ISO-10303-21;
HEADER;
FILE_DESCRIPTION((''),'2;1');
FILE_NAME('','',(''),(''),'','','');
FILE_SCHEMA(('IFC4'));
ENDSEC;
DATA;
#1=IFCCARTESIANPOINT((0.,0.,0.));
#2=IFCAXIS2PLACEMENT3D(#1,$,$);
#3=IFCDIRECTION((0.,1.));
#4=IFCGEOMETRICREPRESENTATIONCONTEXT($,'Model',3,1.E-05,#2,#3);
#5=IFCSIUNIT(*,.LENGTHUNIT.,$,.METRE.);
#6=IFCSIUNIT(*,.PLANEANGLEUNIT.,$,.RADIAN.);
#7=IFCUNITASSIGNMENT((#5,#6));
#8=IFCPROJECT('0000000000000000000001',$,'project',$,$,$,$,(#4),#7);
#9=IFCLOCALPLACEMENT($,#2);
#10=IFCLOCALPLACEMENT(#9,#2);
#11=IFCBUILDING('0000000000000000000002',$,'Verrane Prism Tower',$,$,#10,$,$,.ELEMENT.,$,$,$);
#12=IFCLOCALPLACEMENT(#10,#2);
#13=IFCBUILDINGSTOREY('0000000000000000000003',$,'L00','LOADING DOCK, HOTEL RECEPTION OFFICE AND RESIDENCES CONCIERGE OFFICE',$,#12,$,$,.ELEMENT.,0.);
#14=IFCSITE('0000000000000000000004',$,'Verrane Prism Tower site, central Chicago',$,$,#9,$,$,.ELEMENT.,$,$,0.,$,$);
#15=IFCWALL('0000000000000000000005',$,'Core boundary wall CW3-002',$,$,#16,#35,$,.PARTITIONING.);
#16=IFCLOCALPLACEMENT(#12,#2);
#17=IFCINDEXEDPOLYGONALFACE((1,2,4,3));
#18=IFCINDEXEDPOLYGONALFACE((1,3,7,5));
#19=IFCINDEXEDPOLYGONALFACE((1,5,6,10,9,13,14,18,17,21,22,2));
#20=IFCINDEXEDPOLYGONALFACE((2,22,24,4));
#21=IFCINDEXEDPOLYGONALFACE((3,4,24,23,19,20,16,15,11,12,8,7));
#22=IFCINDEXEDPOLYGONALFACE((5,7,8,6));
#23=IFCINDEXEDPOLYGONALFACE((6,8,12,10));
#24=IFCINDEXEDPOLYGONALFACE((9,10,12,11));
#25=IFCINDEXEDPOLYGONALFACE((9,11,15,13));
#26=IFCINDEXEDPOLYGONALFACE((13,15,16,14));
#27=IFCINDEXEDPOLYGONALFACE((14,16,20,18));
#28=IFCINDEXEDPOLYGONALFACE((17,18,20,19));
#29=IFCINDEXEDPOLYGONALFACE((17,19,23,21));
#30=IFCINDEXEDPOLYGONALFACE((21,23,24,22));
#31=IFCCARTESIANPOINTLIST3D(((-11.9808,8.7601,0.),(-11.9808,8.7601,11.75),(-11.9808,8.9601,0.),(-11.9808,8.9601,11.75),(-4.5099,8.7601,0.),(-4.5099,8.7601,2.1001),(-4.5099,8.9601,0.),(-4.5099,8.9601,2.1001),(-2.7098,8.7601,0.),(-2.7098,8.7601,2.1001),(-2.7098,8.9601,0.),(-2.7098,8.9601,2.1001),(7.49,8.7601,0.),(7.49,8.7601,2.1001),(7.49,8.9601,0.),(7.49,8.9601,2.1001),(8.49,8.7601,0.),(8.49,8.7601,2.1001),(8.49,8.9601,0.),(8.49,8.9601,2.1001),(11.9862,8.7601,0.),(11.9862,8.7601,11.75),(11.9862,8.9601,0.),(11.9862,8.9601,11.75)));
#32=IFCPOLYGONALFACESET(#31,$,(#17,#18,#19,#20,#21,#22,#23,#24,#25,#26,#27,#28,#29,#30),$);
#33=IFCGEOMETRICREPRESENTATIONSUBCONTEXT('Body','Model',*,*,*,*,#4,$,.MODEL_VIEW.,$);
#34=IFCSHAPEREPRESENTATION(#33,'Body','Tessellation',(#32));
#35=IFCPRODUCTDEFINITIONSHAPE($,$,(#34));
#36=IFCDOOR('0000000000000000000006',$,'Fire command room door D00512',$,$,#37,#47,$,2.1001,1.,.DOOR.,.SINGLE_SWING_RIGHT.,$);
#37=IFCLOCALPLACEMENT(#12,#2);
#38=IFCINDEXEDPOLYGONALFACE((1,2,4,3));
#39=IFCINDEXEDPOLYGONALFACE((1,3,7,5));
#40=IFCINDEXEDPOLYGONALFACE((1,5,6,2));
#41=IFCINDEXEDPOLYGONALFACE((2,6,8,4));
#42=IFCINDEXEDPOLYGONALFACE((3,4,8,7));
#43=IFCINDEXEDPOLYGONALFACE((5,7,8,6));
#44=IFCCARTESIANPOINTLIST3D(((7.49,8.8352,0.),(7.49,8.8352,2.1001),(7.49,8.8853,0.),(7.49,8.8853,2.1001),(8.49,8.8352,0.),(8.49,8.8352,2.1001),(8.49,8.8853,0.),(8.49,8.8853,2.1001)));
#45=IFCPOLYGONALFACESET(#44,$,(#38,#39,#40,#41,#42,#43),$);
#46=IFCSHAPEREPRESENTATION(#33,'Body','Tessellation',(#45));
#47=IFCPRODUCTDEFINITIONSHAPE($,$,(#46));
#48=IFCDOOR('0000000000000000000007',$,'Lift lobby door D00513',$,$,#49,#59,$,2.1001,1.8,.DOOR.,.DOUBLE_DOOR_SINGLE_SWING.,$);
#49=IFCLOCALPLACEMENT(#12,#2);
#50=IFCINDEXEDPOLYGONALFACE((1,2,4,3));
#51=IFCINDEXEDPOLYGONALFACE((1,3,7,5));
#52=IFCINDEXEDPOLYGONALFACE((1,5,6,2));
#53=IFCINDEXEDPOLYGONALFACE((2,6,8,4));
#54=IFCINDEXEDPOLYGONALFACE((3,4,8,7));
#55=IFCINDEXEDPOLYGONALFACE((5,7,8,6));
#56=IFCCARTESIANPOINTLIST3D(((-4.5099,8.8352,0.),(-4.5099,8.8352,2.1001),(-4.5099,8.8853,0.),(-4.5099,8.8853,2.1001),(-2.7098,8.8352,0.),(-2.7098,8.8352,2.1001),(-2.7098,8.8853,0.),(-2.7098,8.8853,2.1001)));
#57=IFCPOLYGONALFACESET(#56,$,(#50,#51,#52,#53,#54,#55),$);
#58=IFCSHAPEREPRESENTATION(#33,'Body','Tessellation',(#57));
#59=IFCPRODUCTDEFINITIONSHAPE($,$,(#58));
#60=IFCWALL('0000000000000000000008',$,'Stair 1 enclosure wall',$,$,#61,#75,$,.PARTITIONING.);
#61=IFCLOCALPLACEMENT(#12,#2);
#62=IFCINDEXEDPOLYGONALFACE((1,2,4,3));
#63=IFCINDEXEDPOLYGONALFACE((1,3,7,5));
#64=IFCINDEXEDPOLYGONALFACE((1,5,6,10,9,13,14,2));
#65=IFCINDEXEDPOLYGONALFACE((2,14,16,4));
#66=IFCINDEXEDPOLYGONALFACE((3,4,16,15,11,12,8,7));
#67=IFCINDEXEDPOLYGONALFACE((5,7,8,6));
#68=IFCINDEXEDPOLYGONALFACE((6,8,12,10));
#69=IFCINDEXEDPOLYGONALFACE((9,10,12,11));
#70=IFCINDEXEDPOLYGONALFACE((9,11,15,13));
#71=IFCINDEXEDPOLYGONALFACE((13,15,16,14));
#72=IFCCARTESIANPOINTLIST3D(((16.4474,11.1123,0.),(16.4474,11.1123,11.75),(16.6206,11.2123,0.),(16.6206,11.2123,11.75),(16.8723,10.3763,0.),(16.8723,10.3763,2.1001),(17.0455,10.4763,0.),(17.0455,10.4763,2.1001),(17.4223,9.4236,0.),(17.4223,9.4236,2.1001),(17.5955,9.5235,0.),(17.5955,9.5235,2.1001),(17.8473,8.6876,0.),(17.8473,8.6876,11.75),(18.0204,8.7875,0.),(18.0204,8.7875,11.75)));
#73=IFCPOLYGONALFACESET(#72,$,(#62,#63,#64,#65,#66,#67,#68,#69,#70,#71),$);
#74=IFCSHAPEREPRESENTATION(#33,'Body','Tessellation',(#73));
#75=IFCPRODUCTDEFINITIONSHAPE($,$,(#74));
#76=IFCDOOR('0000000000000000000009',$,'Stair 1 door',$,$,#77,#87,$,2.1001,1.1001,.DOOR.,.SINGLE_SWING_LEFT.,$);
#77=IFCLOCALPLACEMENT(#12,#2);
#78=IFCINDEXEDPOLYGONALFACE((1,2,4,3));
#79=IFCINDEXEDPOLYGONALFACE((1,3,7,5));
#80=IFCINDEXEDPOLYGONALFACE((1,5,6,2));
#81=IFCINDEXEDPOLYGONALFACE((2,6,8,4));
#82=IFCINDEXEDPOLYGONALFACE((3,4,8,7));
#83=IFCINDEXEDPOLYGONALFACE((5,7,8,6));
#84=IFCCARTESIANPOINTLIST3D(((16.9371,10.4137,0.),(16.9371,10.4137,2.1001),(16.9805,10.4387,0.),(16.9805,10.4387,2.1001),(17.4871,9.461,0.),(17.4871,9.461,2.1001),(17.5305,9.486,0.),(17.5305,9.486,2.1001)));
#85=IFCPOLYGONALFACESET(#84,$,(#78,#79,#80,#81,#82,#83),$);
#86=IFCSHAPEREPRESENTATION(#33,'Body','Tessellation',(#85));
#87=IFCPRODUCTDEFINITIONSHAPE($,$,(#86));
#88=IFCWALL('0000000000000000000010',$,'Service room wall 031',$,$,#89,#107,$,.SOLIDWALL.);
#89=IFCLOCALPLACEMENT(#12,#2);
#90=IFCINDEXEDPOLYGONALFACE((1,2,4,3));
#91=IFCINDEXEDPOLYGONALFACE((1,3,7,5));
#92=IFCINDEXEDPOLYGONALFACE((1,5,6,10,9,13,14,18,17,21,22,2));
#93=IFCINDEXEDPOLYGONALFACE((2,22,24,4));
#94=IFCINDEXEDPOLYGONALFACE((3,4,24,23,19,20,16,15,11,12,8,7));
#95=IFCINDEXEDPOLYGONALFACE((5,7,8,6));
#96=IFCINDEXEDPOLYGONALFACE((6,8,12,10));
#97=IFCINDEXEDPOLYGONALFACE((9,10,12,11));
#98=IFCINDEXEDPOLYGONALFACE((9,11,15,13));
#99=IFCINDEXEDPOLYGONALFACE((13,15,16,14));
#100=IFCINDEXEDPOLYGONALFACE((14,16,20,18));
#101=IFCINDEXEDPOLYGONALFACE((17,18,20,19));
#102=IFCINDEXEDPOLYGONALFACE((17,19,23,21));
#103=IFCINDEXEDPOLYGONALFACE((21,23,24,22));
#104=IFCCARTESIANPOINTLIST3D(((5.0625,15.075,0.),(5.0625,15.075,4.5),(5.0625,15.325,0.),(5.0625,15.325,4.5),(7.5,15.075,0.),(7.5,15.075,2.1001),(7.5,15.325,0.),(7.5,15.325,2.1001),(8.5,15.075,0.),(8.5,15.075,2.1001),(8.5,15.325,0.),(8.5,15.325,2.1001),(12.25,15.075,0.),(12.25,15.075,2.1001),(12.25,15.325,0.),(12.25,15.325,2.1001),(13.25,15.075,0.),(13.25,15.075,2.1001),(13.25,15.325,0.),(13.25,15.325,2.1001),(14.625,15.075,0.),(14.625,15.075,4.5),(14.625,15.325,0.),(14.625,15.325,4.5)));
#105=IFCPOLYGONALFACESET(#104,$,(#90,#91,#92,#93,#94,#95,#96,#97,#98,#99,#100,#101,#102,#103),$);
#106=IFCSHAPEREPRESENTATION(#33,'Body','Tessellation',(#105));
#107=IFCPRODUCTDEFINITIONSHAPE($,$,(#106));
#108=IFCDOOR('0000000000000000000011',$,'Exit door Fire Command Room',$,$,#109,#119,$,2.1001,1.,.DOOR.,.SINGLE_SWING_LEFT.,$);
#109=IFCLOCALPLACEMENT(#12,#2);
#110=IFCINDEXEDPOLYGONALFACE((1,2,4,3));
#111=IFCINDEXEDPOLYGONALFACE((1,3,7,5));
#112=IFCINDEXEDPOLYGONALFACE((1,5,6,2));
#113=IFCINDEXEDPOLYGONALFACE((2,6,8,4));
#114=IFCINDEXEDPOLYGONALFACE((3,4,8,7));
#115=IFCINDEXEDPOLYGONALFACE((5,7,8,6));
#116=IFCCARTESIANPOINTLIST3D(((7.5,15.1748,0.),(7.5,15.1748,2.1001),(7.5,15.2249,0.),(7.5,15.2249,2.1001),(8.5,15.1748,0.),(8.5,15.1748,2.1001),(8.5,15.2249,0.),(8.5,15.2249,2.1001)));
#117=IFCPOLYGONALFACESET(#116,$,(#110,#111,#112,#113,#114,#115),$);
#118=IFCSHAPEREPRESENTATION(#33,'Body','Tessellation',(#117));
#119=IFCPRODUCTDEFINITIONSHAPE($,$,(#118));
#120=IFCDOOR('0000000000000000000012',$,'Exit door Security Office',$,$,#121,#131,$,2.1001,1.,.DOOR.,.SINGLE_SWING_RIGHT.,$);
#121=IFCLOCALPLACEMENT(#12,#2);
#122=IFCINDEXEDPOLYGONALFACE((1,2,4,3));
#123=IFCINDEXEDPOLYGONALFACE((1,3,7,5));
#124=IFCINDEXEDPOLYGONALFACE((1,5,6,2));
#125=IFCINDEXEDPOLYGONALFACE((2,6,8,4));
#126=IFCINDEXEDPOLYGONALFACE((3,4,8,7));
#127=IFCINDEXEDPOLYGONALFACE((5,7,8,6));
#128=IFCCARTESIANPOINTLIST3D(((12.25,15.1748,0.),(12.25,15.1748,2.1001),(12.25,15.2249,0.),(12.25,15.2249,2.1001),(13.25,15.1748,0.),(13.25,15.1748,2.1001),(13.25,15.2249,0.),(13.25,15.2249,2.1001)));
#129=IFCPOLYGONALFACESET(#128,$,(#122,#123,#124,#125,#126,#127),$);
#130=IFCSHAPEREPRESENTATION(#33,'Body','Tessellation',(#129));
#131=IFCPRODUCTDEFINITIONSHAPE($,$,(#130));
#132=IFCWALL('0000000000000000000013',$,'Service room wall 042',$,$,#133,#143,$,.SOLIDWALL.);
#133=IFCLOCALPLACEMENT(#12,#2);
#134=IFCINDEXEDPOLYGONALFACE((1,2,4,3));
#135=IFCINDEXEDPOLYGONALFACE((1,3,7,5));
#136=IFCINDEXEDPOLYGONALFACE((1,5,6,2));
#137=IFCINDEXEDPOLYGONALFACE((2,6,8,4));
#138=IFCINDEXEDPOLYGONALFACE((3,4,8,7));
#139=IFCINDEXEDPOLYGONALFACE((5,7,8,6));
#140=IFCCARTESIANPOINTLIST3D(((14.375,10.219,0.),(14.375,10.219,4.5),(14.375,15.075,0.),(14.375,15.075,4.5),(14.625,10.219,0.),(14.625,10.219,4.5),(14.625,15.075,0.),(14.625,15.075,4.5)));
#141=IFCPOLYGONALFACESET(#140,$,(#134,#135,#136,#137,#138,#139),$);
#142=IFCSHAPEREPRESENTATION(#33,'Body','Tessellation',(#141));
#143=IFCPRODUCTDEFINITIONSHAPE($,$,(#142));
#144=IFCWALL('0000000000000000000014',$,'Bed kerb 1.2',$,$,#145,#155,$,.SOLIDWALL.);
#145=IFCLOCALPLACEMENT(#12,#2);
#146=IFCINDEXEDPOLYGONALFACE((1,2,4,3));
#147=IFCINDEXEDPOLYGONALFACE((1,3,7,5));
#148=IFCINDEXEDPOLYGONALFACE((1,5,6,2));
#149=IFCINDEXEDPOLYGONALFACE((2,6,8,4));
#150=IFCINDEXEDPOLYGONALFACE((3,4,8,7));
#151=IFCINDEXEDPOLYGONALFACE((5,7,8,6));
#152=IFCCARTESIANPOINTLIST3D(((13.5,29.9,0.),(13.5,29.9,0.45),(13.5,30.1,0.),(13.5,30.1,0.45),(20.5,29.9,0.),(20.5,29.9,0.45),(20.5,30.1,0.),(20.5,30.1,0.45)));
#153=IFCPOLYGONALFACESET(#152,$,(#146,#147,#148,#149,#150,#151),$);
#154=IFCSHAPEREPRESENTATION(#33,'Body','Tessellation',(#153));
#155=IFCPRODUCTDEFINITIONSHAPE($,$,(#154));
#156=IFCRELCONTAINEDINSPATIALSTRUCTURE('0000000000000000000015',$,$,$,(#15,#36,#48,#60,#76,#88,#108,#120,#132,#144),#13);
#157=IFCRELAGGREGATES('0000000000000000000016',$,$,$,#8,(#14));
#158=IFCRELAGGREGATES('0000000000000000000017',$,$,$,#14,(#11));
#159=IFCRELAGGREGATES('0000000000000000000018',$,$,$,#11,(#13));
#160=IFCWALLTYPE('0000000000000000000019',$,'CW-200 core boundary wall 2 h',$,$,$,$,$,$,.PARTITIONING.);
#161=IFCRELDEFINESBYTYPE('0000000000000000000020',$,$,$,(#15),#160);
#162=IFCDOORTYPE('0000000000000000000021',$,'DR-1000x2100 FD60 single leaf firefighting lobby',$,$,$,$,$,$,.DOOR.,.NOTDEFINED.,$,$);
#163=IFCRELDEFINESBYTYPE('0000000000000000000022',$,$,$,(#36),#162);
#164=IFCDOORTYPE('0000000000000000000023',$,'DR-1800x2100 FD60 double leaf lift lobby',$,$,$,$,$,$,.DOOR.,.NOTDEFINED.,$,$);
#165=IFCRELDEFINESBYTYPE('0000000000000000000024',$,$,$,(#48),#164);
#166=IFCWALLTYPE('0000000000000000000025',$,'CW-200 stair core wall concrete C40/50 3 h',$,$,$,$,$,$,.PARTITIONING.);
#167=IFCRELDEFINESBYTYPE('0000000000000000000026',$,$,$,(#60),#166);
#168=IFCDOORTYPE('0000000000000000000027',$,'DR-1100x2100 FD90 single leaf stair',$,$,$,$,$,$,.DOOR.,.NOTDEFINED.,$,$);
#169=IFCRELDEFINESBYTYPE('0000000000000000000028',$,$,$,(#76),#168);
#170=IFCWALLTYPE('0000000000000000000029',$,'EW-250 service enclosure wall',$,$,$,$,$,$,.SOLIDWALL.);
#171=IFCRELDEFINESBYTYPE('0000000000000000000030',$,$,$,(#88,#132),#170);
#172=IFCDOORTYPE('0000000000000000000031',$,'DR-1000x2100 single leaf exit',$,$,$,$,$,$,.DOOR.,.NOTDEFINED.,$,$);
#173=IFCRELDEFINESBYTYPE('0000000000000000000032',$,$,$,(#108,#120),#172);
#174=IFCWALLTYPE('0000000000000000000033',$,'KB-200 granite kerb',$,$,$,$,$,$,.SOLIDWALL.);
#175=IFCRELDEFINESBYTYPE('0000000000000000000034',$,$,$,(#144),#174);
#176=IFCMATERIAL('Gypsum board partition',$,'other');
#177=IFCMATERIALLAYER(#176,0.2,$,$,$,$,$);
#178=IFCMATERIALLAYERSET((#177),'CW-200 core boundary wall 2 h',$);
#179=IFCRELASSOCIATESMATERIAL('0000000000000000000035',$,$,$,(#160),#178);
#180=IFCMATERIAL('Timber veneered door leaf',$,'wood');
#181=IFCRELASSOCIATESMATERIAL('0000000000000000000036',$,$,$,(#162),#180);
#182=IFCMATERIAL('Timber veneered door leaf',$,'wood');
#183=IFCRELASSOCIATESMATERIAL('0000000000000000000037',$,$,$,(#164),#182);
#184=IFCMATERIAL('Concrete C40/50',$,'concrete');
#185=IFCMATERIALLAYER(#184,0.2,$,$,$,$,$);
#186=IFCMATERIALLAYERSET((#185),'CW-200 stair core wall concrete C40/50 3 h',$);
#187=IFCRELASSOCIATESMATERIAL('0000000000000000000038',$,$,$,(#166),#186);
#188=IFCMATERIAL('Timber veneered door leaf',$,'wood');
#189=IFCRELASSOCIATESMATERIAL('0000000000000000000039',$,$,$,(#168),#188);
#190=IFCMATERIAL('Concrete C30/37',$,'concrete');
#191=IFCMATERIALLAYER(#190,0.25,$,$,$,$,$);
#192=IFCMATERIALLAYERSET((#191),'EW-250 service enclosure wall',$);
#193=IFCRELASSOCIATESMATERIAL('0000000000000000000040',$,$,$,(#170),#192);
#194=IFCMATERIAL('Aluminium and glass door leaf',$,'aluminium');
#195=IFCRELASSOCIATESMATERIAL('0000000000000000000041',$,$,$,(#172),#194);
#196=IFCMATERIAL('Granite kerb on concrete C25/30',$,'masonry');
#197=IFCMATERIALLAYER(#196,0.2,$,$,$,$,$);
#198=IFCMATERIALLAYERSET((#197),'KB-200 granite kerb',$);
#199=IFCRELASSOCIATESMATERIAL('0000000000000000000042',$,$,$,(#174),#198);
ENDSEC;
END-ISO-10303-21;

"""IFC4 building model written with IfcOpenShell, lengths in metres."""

from ifc_helpers import new_model, si_unit, direction, frame, frame_2d, origin, place, context, subcontext, project, spatial, rectangle, extrude, material, layer, layer_set, type_object, element, fill, save


model = new_model("IFC4")

# Units and contexts
model_context = context("Model", 3, precision=1e-05, world=origin(), true_north=direction((0.0, 1.0)))
body_context = subcontext(model_context, "Body", "Model", "MODEL_VIEW")
ifc_project = project(units=[si_unit("LENGTHUNIT", "METRE"), si_unit("PLANEANGLEUNIT", "RADIAN")], contexts=[model_context])

# Site, building, storey
site_placement = place(None, origin())
site = spatial("IfcSite", under=ifc_project, at=site_placement, Name="Verrane Prism Tower site, central Chicago", CompositionType="ELEMENT", RefElevation=0.0)
building_placement = place(site_placement, origin())
building = spatial("IfcBuilding", under=site, at=building_placement, Name="Verrane Prism Tower", CompositionType="ELEMENT")
storey_placement = place(building_placement, origin())
storey = spatial("IfcBuildingStorey", under=building, at=storey_placement, Name="L00", Description="LOADING DOCK, HOTEL RECEPTION OFFICE AND RESIDENCES CONCIERGE OFFICE", CompositionType="ELEMENT", Elevation=0.0)

# Wall, openings, doors
ifc_material_1 = material(Name="Gypsum board partition", Category="other")
ifc_layer_1 = layer(ifc_material_1, 0.2)
ifc_layer_set_1 = layer_set([ifc_layer_1], Name="CW-200 core boundary wall 2 h")
wall_type_1 = type_object("IfcWallType", Name="CW-200 core boundary wall 2 h", PredefinedType="PARTITIONING", material=ifc_layer_set_1)
wall_1_placement = place(storey_placement, frame((11.9861, 8.8601, 0.0), z_axis=(0.0, 0.0, 1.0), x_axis=(-1.0, 0.0, 0.0)))
wall_1 = element("IfcWall", 1, at=wall_1_placement, inside=storey, type_object=wall_type_1, Name="Core boundary wall CW3-002", PredefinedType="PARTITIONING", context=body_context, shape_type="SweptSolid", body=[
    extrude(rectangle(XDim=23.967, YDim=0.2, at=frame_2d((11.9834, 0.0))), origin(), (0.0, 0.0, 1.0), 11.75),
])
opening_1_placement = place(wall_1_placement, frame((3.4961, 0.0, 0.0)))
opening_1 = element("IfcOpeningElement", 2, at=opening_1_placement, cuts=wall_1, PredefinedType="OPENING", context=body_context, shape_type="SweptSolid", body=[
    extrude(rectangle(XDim=1.0, YDim=2.1001, at=frame_2d((0.5, 1.05))), frame((0.0, 0.1099, 0.0), z_axis=(0.0, -1.0, 0.0), x_axis=(1.0, 0.0, 0.0)), (0.0, 0.0, 1.0), 0.22),
])
opening_2_placement = place(wall_1_placement, frame((14.696, 0.0, 0.0)))
opening_2 = element("IfcOpeningElement", 3, at=opening_2_placement, cuts=wall_1, PredefinedType="OPENING", context=body_context, shape_type="SweptSolid", body=[
    extrude(rectangle(XDim=1.8, YDim=2.1001, at=frame_2d((0.8999, 1.05))), frame((0.0, 0.1099, 0.0), z_axis=(0.0, -1.0, 0.0), x_axis=(1.0, 0.0, 0.0)), (0.0, 0.0, 1.0), 0.22),
])
ifc_material_2 = material(Name="Timber veneered door leaf", Category="wood")
door_type_1 = type_object("IfcDoorType", Name="DR-1000x2100 FD60 single leaf firefighting lobby", OperationType="NOTDEFINED", PredefinedType="DOOR", material=ifc_material_2)
door_1_placement = place(opening_1_placement, origin())
door_1 = element("IfcDoor", 4, at=door_1_placement, inside=storey, type_object=door_type_1, Name="Fire command room door D00512", OperationType="SINGLE_SWING_RIGHT", OverallHeight=2.1001, OverallWidth=1.0, PredefinedType="DOOR", context=body_context, shape_type="SweptSolid", body=[
    extrude(rectangle(XDim=1.0, YDim=2.1001, at=frame_2d((0.5, 1.05))), frame((0.0, 0.0249, 0.0), z_axis=(0.0, -1.0, 0.0), x_axis=(1.0, 0.0, 0.0)), (0.0, 0.0, 1.0), 0.05),
])
fill(opening_1, door_1)
ifc_material_3 = material(Name="Timber veneered door leaf", Category="wood")
door_type_2 = type_object("IfcDoorType", Name="DR-1800x2100 FD60 double leaf lift lobby", OperationType="NOTDEFINED", PredefinedType="DOOR", material=ifc_material_3)
door_2_placement = place(opening_2_placement, origin())
door_2 = element("IfcDoor", 5, at=door_2_placement, inside=storey, type_object=door_type_2, Name="Lift lobby door D00513", OperationType="DOUBLE_DOOR_SINGLE_SWING", OverallHeight=2.1001, OverallWidth=1.8, PredefinedType="DOOR", context=body_context, shape_type="SweptSolid", body=[
    extrude(rectangle(XDim=1.8, YDim=2.1001, at=frame_2d((0.8999, 1.05))), frame((0.0, 0.0249, 0.0), z_axis=(0.0, -1.0, 0.0), x_axis=(1.0, 0.0, 0.0)), (0.0, 0.0, 1.0), 0.05),
])
fill(opening_2, door_2)

# Wall, opening, door
ifc_material_4 = material(Name="Concrete C40/50", Category="concrete")
ifc_layer_2 = layer(ifc_material_4, 0.2)
ifc_layer_set_2 = layer_set([ifc_layer_2], Name="CW-200 stair core wall concrete C40/50 3 h")
wall_type_2 = type_object("IfcWallType", Name="CW-200 stair core wall concrete C40/50 3 h", PredefinedType="PARTITIONING", material=ifc_layer_set_2)
wall_2_placement = place(storey_placement, frame((17.9338, 8.7375, 0.0), z_axis=(0.0, 0.0, 1.0), x_axis=(-0.499984, 0.866035, 0.0)))
wall_2 = element("IfcWall", 6, at=wall_2_placement, inside=storey, type_object=wall_type_2, Name="Stair 1 enclosure wall", PredefinedType="PARTITIONING", context=body_context, shape_type="SweptSolid", body=[
    extrude(rectangle(XDim=2.7998, YDim=0.2, at=frame_2d((1.3999, 0.0))), origin(), (0.0, 0.0, 1.0), 11.75),
])
opening_3_placement = place(wall_2_placement, frame((0.8499, 0.0, 0.0)))
opening_3 = element("IfcOpeningElement", 7, at=opening_3_placement, cuts=wall_2, PredefinedType="OPENING", context=body_context, shape_type="SweptSolid", body=[
    extrude(rectangle(XDim=1.1001, YDim=2.1001, at=frame_2d((0.55, 1.05))), frame((0.0, 0.1099, 0.0), z_axis=(0.0, -1.0, 0.0), x_axis=(1.0, 0.0, 0.0)), (0.0, 0.0, 1.0), 0.22),
])
ifc_material_5 = material(Name="Timber veneered door leaf", Category="wood")
door_type_3 = type_object("IfcDoorType", Name="DR-1100x2100 FD90 single leaf stair", OperationType="NOTDEFINED", PredefinedType="DOOR", material=ifc_material_5)
door_3_placement = place(opening_3_placement, frame((1.1001, 0.0, 0.0), z_axis=(0.0, 0.0, 1.0), x_axis=(-1.0, 0.0, 0.0)))
door_3 = element("IfcDoor", 8, at=door_3_placement, inside=storey, type_object=door_type_3, Name="Stair 1 door", OperationType="SINGLE_SWING_LEFT", OverallHeight=2.1001, OverallWidth=1.1001, PredefinedType="DOOR", context=body_context, shape_type="SweptSolid", body=[
    extrude(rectangle(XDim=1.1001, YDim=2.1001, at=frame_2d((0.55, 1.05))), frame((0.0, 0.0249, 0.0), z_axis=(0.0, -1.0, 0.0), x_axis=(1.0, 0.0, 0.0)), (0.0, 0.0, 1.0), 0.05),
])
fill(opening_3, door_3)

# Wall, openings, doors
ifc_material_6 = material(Name="Concrete C30/37", Category="concrete")
ifc_layer_3 = layer(ifc_material_6, 0.25)
ifc_layer_set_3 = layer_set([ifc_layer_3], Name="EW-250 service enclosure wall")
wall_type_3 = type_object("IfcWallType", Name="EW-250 service enclosure wall", PredefinedType="SOLIDWALL", material=ifc_layer_set_3)
wall_3_placement = place(storey_placement, frame((14.625, 15.2, 0.0), z_axis=(0.0, 0.0, 1.0), x_axis=(-1.0, 0.0, 0.0)))
wall_3 = element("IfcWall", 9, at=wall_3_placement, inside=storey, type_object=wall_type_3, Name="Service room wall 031", PredefinedType="SOLIDWALL", context=body_context, shape_type="SweptSolid", body=[
    extrude(rectangle(XDim=9.5625, YDim=0.25, at=frame_2d((4.7812, 0.0))), origin(), (0.0, 0.0, 1.0), 4.5),
])
opening_4_placement = place(wall_3_placement, frame((6.125, 0.0, 0.0)))
opening_4 = element("IfcOpeningElement", 10, at=opening_4_placement, cuts=wall_3, PredefinedType="OPENING", context=body_context, shape_type="SweptSolid", body=[
    extrude(rectangle(XDim=1.0, YDim=2.1001, at=frame_2d((0.5, 1.05))), frame((0.0, 0.135, 0.0), z_axis=(0.0, -1.0, 0.0), x_axis=(1.0, 0.0, 0.0)), (0.0, 0.0, 1.0), 0.27),
])
opening_5_placement = place(wall_3_placement, frame((1.375, 0.0, 0.0)))
opening_5 = element("IfcOpeningElement", 11, at=opening_5_placement, cuts=wall_3, PredefinedType="OPENING", context=body_context, shape_type="SweptSolid", body=[
    extrude(rectangle(XDim=1.0, YDim=2.1001, at=frame_2d((0.5, 1.05))), frame((0.0, 0.135, 0.0), z_axis=(0.0, -1.0, 0.0), x_axis=(1.0, 0.0, 0.0)), (0.0, 0.0, 1.0), 0.27),
])
ifc_material_7 = material(Name="Aluminium and glass door leaf", Category="aluminium")
door_type_4 = type_object("IfcDoorType", Name="DR-1000x2100 single leaf exit", OperationType="NOTDEFINED", PredefinedType="DOOR", material=ifc_material_7)
door_4_placement = place(opening_4_placement, frame((1.0, 0.0, 0.0), z_axis=(0.0, 0.0, 1.0), x_axis=(-1.0, 0.0, 0.0)))
door_4 = element("IfcDoor", 12, at=door_4_placement, inside=storey, type_object=door_type_4, Name="Exit door Fire Command Room", OperationType="SINGLE_SWING_LEFT", OverallHeight=2.1001, OverallWidth=1.0, PredefinedType="DOOR", context=body_context, shape_type="SweptSolid", body=[
    extrude(rectangle(XDim=1.0, YDim=2.1001, at=frame_2d((0.5, 1.05))), frame((0.0, 0.0249, 0.0), z_axis=(0.0, -1.0, 0.0), x_axis=(1.0, 0.0, 0.0)), (0.0, 0.0, 1.0), 0.05),
])
fill(opening_4, door_4)
door_5_placement = place(opening_5_placement, frame((1.0, 0.0, 0.0), z_axis=(0.0, 0.0, 1.0), x_axis=(-1.0, 0.0, 0.0)))
door_5 = element("IfcDoor", 13, at=door_5_placement, inside=storey, type_object=door_type_4, Name="Exit door Security Office", OperationType="SINGLE_SWING_RIGHT", OverallHeight=2.1001, OverallWidth=1.0, PredefinedType="DOOR", context=body_context, shape_type="SweptSolid", body=[
    extrude(rectangle(XDim=1.0, YDim=2.1001, at=frame_2d((0.5, 1.05))), frame((0.0, 0.0249, 0.0), z_axis=(0.0, -1.0, 0.0), x_axis=(1.0, 0.0, 0.0)), (0.0, 0.0, 1.0), 0.05),
])
fill(opening_5, door_5)

# Walls
wall_4_placement = place(storey_placement, frame((14.5, 10.219, 0.0), z_axis=(0.0, 0.0, 1.0), x_axis=(0.0, 1.0, 0.0)))
element("IfcWall", 14, at=wall_4_placement, inside=storey, type_object=wall_type_3, Name="Service room wall 042", PredefinedType="SOLIDWALL", context=body_context, shape_type="SweptSolid", body=[
    extrude(rectangle(XDim=4.856, YDim=0.25, at=frame_2d((2.428, 0.0))), origin(), (0.0, 0.0, 1.0), 4.5),
])
ifc_material_8 = material(Name="Granite kerb on concrete C25/30", Category="masonry")
ifc_layer_4 = layer(ifc_material_8, 0.2)
ifc_layer_set_4 = layer_set([ifc_layer_4], Name="KB-200 granite kerb")
wall_type_4 = type_object("IfcWallType", Name="KB-200 granite kerb", PredefinedType="SOLIDWALL", material=ifc_layer_set_4)
wall_5_placement = place(storey_placement, frame((13.5, 30.0, 0.0), z_axis=(0.0, 0.0, 1.0), x_axis=(1.0, 0.0, 0.0)))
element("IfcWall", 15, at=wall_5_placement, inside=storey, type_object=wall_type_4, Name="Bed kerb 1.2", PredefinedType="SOLIDWALL", context=body_context, shape_type="SweptSolid", body=[
    extrude(rectangle(XDim=7.0, YDim=0.2, at=frame_2d((3.5, 0.0))), origin(), (0.0, 0.0, 1.0), 0.45),
])

save(model, "model.ifc")
